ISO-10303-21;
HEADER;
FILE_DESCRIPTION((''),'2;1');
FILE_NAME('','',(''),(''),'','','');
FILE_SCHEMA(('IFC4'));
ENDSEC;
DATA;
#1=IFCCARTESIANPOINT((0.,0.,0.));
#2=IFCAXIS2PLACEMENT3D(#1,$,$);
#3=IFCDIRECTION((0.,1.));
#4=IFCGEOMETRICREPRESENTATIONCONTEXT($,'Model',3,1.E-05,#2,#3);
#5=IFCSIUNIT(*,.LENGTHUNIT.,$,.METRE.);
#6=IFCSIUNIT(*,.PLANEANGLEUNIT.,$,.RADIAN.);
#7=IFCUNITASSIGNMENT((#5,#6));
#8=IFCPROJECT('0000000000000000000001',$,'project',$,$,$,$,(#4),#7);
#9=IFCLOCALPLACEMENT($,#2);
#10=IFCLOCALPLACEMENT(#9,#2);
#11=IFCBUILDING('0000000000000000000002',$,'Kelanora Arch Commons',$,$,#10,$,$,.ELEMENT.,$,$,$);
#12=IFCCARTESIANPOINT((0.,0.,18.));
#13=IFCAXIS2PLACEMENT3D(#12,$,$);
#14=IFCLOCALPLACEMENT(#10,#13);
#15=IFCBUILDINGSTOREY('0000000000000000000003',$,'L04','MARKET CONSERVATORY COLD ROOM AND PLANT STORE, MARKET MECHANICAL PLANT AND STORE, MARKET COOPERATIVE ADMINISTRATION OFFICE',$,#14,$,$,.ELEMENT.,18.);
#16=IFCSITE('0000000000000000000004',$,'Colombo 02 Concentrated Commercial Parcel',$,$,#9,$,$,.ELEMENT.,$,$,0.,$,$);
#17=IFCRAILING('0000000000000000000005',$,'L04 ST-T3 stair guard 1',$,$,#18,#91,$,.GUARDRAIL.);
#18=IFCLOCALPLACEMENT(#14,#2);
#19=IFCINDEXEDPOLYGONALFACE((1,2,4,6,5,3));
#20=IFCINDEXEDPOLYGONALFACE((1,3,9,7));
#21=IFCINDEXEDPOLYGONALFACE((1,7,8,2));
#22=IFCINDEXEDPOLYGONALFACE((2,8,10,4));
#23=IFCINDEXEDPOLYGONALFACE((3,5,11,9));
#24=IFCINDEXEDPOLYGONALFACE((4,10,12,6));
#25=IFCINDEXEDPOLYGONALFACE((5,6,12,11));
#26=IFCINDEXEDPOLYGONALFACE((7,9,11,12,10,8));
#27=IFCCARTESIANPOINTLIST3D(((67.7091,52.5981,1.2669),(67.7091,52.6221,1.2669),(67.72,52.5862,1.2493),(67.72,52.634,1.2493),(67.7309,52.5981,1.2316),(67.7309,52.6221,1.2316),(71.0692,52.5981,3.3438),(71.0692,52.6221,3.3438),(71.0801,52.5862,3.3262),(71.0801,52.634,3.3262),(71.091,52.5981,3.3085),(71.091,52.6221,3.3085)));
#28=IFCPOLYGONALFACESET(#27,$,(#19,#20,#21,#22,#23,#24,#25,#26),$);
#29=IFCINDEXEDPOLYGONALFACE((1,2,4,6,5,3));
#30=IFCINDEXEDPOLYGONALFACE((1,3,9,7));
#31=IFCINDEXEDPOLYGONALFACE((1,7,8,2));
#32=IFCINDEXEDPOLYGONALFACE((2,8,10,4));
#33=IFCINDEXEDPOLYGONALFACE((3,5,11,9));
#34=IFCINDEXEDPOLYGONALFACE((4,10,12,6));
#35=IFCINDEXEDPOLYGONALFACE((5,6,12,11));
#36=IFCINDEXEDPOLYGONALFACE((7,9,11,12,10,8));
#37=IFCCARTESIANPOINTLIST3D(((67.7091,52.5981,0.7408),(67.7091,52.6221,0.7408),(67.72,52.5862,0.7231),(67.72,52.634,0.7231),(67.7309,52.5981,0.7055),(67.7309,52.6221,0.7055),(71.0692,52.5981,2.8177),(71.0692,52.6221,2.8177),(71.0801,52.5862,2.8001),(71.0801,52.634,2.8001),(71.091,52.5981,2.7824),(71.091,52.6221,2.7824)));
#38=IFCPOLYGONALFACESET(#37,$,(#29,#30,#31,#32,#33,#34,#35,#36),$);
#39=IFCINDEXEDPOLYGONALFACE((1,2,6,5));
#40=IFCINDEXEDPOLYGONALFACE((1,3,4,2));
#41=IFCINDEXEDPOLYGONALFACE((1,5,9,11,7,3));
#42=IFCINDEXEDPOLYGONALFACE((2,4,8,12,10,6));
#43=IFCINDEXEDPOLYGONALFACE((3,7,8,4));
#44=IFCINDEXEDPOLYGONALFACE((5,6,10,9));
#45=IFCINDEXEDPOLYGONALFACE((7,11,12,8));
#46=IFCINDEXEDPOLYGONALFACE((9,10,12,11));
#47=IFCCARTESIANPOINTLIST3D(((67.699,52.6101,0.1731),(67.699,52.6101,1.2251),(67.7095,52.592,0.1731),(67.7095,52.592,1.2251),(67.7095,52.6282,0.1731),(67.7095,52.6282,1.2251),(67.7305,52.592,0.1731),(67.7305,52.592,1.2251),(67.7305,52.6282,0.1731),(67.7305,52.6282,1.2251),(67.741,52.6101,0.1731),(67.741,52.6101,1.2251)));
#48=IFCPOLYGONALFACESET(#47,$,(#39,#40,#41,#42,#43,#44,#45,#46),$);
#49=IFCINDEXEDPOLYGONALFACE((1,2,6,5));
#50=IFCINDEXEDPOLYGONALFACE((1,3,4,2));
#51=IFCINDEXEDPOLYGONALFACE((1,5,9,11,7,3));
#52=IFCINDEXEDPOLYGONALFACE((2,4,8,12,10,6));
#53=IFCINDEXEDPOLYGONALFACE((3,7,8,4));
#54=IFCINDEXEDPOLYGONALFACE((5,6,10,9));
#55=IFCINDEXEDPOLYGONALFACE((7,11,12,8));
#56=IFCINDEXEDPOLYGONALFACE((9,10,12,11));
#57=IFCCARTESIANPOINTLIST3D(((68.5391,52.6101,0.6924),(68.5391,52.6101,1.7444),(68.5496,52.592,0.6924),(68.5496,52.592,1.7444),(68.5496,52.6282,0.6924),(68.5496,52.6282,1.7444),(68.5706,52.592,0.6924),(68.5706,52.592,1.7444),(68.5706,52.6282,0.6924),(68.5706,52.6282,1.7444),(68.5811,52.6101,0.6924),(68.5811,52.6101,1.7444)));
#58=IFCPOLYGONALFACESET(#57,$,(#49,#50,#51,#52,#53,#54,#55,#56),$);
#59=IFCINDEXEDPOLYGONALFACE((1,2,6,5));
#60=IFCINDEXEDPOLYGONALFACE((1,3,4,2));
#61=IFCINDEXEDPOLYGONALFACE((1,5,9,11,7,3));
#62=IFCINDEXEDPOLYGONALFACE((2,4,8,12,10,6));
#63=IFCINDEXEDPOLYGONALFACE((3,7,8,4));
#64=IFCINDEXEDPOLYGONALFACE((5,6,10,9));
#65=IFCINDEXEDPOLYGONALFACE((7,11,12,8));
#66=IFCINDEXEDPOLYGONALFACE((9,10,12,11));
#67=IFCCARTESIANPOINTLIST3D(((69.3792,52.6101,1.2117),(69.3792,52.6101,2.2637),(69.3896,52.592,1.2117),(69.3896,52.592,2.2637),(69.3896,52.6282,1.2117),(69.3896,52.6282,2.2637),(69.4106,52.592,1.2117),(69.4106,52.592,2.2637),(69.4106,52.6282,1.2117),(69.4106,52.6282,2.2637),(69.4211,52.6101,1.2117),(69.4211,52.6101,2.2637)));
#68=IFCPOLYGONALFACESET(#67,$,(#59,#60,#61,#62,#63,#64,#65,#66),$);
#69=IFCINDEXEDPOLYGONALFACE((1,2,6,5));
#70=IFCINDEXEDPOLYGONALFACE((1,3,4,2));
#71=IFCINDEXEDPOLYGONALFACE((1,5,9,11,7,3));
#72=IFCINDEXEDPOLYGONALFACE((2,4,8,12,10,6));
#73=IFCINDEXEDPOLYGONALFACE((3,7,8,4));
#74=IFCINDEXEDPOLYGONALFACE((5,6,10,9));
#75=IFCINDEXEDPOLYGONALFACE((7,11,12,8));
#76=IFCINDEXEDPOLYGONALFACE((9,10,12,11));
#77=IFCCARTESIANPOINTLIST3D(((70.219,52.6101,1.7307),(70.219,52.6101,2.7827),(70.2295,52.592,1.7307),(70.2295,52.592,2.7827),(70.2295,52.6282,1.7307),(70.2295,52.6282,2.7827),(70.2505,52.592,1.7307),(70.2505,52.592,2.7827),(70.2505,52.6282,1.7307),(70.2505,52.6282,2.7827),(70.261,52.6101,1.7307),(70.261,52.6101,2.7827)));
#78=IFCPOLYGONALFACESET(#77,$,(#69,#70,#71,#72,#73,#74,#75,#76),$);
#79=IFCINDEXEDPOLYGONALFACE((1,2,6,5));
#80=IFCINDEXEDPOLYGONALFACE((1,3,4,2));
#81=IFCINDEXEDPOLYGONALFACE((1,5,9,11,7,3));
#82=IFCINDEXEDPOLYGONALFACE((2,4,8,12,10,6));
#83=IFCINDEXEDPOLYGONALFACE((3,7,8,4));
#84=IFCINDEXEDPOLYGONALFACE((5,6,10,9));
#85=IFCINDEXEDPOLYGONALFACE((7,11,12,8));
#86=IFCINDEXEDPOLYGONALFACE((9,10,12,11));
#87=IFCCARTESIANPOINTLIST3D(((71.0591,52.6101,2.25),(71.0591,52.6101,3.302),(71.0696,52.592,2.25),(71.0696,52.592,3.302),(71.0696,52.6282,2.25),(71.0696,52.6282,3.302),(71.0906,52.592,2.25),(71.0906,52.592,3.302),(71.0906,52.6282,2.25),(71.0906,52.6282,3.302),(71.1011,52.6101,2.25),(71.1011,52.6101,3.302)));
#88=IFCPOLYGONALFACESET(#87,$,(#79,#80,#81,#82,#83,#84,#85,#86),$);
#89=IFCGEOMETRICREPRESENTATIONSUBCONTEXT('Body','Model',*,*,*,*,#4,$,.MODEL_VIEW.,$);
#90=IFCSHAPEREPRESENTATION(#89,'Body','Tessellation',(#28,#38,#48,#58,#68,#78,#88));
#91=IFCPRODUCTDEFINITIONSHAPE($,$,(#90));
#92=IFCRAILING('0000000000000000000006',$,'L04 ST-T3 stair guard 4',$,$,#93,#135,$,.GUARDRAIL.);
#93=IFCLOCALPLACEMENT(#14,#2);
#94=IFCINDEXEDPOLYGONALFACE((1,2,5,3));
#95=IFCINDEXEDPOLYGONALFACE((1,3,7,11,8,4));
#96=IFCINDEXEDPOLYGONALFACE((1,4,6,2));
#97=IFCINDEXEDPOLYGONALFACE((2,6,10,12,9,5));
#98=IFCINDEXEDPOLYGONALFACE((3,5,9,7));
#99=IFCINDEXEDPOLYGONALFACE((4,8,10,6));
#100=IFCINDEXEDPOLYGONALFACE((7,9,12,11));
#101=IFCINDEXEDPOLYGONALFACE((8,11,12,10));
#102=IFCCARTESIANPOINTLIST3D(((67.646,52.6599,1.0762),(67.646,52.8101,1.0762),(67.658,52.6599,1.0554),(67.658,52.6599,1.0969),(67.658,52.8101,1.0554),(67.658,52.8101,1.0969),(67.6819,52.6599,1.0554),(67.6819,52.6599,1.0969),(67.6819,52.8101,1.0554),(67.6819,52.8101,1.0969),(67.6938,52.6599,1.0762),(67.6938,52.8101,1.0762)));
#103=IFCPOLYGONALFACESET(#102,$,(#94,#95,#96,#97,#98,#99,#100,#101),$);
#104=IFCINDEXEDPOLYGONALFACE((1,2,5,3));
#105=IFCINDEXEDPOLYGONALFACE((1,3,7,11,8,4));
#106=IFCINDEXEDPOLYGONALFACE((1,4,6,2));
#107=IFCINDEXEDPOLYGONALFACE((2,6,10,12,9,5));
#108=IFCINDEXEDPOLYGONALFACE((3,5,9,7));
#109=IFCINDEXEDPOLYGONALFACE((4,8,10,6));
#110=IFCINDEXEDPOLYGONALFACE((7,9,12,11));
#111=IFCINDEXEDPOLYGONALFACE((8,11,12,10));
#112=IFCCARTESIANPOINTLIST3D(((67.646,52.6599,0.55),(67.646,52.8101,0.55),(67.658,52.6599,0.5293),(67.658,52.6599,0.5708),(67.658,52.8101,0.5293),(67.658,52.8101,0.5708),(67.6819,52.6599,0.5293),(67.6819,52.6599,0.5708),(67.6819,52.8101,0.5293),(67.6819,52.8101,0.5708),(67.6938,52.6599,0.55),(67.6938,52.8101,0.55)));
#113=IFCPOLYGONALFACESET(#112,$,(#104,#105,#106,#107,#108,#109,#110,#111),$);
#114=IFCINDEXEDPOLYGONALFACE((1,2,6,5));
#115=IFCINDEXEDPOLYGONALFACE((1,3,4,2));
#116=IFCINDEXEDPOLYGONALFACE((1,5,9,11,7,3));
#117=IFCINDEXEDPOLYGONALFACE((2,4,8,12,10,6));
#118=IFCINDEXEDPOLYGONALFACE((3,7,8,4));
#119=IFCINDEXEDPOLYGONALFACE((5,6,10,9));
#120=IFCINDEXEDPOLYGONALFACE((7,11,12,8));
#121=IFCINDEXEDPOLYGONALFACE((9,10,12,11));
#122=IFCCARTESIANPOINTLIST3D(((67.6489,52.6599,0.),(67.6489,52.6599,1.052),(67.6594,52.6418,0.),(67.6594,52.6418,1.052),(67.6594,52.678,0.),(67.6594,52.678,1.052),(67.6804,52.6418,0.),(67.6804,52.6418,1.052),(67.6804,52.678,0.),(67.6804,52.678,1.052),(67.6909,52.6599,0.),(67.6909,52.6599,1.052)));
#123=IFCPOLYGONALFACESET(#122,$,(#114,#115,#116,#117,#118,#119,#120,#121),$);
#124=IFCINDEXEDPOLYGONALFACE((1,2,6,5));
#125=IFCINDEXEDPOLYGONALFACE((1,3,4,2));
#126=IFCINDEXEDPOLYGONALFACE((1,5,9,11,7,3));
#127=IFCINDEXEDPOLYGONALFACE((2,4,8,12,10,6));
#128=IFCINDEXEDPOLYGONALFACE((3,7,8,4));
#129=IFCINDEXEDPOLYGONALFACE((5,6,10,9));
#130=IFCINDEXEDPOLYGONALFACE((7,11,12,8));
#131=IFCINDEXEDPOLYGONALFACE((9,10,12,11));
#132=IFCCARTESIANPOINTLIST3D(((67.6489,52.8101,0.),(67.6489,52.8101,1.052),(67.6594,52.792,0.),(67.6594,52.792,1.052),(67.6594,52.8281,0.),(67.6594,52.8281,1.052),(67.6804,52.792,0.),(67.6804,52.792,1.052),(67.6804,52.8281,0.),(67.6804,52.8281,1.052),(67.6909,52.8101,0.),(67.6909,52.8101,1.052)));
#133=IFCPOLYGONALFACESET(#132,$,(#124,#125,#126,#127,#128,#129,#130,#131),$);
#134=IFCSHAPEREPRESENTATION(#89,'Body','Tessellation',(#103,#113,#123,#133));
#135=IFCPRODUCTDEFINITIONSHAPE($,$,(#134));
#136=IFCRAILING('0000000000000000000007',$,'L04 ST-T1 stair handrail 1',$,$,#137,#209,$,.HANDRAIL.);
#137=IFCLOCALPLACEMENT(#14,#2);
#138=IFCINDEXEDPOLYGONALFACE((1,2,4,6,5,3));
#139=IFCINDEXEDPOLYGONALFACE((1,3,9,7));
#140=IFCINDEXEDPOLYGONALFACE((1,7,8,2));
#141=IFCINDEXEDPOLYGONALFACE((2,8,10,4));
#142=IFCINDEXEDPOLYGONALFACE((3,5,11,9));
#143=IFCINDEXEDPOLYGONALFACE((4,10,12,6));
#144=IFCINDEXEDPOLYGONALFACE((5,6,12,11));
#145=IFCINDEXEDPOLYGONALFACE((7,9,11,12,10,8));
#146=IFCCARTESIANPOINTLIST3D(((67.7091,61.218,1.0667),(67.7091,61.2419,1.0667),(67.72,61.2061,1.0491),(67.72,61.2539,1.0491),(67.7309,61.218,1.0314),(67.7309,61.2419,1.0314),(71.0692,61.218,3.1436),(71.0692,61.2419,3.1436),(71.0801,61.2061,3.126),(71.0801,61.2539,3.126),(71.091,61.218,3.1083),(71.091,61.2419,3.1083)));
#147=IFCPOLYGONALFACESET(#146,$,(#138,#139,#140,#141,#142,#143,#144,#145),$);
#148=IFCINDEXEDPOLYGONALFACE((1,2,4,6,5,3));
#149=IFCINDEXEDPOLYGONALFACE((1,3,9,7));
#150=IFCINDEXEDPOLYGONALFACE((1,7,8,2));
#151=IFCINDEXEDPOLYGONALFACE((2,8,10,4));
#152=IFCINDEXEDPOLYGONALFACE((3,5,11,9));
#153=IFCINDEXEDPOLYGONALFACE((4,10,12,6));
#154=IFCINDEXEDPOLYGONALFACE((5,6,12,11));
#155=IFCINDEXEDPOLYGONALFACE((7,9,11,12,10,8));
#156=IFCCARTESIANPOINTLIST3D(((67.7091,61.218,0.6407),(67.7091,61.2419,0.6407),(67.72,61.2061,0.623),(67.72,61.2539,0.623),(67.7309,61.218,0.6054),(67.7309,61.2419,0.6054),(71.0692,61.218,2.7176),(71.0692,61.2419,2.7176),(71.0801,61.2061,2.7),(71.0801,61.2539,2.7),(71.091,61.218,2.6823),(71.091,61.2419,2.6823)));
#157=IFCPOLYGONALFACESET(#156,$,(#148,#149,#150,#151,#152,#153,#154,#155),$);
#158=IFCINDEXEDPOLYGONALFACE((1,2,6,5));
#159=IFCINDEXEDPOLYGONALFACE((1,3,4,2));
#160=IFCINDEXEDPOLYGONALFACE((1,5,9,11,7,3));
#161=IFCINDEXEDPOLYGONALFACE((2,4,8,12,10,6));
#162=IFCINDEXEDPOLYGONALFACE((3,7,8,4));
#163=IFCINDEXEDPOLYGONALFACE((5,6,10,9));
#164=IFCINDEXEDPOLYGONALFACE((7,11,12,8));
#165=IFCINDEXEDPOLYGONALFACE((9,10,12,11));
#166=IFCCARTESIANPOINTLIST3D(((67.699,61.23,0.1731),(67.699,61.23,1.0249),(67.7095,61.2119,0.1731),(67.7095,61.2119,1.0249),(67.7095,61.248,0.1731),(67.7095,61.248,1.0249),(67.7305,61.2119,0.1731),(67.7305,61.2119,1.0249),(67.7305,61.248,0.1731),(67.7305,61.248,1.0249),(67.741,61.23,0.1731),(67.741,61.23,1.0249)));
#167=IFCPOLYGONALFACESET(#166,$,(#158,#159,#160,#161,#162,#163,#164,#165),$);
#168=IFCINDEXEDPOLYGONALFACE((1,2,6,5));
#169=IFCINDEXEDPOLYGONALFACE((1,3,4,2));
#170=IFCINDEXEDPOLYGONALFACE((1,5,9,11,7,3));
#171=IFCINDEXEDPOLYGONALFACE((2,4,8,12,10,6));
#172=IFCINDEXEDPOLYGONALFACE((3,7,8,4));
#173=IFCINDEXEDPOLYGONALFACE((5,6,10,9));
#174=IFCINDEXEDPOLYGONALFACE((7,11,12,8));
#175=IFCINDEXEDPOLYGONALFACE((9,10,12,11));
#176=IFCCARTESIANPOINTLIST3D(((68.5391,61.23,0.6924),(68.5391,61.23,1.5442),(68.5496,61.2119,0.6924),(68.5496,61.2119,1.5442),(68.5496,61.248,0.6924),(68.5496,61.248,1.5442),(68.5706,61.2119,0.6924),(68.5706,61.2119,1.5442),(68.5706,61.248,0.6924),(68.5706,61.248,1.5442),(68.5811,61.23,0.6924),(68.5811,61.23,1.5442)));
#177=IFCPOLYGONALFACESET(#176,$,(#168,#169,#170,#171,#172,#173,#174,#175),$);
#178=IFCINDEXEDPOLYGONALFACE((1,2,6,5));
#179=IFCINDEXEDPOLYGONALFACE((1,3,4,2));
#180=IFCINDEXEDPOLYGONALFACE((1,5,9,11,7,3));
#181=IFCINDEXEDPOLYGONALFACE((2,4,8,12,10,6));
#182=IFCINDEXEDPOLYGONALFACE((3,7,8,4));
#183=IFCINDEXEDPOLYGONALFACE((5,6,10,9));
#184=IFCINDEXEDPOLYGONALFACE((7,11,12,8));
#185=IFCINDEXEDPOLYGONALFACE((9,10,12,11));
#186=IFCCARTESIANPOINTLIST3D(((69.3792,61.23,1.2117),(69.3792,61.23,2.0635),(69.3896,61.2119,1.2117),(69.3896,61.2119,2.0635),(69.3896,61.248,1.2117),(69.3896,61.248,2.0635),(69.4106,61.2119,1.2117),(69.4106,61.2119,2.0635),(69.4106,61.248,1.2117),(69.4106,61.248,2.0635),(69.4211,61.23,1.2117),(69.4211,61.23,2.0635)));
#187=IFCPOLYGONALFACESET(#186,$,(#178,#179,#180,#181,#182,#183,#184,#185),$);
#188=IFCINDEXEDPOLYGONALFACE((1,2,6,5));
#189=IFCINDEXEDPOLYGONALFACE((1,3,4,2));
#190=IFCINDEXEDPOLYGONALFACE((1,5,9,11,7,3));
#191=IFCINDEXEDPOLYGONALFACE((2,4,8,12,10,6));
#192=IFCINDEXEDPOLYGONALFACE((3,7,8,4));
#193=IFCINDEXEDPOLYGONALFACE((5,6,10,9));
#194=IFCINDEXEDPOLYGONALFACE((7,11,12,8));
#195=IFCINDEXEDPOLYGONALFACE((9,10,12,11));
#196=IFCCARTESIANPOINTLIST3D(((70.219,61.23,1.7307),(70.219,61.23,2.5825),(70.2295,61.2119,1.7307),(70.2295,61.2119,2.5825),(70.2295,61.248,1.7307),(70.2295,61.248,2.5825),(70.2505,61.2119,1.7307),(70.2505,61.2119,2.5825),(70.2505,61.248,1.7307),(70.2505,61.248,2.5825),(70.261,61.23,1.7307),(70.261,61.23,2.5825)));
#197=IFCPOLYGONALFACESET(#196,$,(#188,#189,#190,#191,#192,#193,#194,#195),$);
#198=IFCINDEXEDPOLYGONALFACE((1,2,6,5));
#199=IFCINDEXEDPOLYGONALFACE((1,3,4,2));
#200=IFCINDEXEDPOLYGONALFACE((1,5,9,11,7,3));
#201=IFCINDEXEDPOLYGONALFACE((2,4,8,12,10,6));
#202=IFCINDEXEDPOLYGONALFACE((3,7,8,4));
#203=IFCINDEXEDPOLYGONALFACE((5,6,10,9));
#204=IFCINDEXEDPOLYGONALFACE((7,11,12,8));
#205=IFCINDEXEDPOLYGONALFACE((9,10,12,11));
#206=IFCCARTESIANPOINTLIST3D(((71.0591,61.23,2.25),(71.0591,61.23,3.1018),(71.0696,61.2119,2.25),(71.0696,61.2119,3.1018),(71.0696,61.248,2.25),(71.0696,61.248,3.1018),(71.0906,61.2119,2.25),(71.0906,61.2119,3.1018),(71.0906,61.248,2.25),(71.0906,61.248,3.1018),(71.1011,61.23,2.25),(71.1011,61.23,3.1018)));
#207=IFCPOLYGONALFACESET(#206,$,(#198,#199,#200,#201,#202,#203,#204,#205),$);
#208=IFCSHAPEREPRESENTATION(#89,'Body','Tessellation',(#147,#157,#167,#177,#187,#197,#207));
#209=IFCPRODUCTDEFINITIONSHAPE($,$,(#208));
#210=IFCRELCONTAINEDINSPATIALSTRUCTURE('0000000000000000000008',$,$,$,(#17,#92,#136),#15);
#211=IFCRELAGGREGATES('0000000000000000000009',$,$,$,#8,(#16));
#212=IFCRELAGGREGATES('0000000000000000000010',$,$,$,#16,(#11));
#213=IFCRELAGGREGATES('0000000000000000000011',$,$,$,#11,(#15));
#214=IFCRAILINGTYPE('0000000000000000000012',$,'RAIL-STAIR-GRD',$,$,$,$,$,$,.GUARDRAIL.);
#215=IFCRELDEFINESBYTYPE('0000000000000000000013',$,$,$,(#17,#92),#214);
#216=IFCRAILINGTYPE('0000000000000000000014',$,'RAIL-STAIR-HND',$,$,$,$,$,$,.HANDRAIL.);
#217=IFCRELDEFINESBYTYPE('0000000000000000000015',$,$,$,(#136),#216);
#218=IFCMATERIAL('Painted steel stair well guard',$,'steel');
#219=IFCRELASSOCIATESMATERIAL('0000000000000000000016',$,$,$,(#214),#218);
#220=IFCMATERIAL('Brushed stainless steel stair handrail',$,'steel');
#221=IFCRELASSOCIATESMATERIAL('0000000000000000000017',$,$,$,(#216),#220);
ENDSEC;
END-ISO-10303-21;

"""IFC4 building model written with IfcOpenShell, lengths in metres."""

from ifc_helpers import new_model, si_unit, direction, frame, origin, place, context, subcontext, project, spatial, polyline, outline, extrude, material, type_object, element, save


model = new_model("IFC4")

# Units and contexts
model_context = context("Model", 3, precision=1e-05, world=origin(), true_north=direction((0.0, 1.0)))
body_context = subcontext(model_context, "Body", "Model", "MODEL_VIEW")
ifc_project = project(units=[si_unit("LENGTHUNIT", "METRE"), si_unit("PLANEANGLEUNIT", "RADIAN")], contexts=[model_context])

# Site, building, storey
site_placement = place(None, origin())
site = spatial("IfcSite", under=ifc_project, at=site_placement, Name="Colombo 02 Concentrated Commercial Parcel", CompositionType="ELEMENT", RefElevation=0.0)
building_placement = place(site_placement, origin())
building = spatial("IfcBuilding", under=site, at=building_placement, Name="Kelanora Arch Commons", CompositionType="ELEMENT")
storey_placement = place(building_placement, frame((0.0, 0.0, 18.0)))
storey = spatial("IfcBuildingStorey", under=building, at=storey_placement, Name="L04", Description="MARKET CONSERVATORY COLD ROOM AND PLANT STORE, MARKET MECHANICAL PLANT AND STORE, MARKET COOPERATIVE ADMINISTRATION OFFICE", CompositionType="ELEMENT", Elevation=18.0)

# Railings
ifc_material_1 = material(Name="Painted steel stair well guard", Category="steel")
railing_type_1 = type_object("IfcRailingType", Name="RAIL-STAIR-GRD", PredefinedType="GUARDRAIL", material=ifc_material_1)
railing_1_placement = place(storey_placement, frame((67.72, 52.6101, 0.1731)))
element("IfcRailing", 1, at=railing_1_placement, inside=storey, type_object=railing_type_1, Name="L04 ST-T3 stair guard 1", PredefinedType="GUARDRAIL", context=body_context, shape_type="SweptSolid", body=[
    extrude(outline(polyline([(0.0239, 0.0), (0.012, 0.0208), (-0.012, 0.0208), (-0.0239, 0.0), (-0.012, -0.0208), (0.012, -0.0208), (0.0239, 0.0)])), frame((0.0, 0.0, 1.0762), z_axis=(0.850623, 0.0, 0.525776), x_axis=(0.0, 1.0, 0.0)), (0.0, 0.0, 1.0), 3.9502),
    extrude(outline(polyline([(0.0239, 0.0), (0.012, 0.0208), (-0.012, 0.0208), (-0.0239, 0.0), (-0.012, -0.0208), (0.012, -0.0208), (0.0239, 0.0)])), frame((0.0, 0.0, 0.55), z_axis=(0.850623, 0.0, 0.525776), x_axis=(0.0, 1.0, 0.0)), (0.0, 0.0, 1.0), 3.9502),
    extrude(outline(polyline([(0.021, 0.0), (0.0105, 0.0181), (-0.0105, 0.0181), (-0.021, 0.0), (-0.0105, -0.0181), (0.0105, -0.0181), (0.021, 0.0)])), origin(), (0.0, 0.0, 1.0), 1.052),
    extrude(outline(polyline([(0.021, 0.0), (0.0105, 0.0181), (-0.0105, 0.0181), (-0.021, 0.0), (-0.0105, -0.0181), (0.0105, -0.0181), (0.021, 0.0)])), frame((0.8401, 0.0, 0.5193)), (0.0, 0.0, 1.0), 1.052),
    extrude(outline(polyline([(0.021, 0.0), (0.0105, 0.0181), (-0.0105, 0.0181), (-0.021, 0.0), (-0.0105, -0.0181), (0.0105, -0.0181), (0.021, 0.0)])), frame((1.6802, 0.0, 1.0386)), (0.0, 0.0, 1.0), 1.052),
    extrude(outline(polyline([(0.021, 0.0), (0.0105, 0.0181), (-0.0105, 0.0181), (-0.021, 0.0), (-0.0105, -0.0181), (0.0105, -0.0181), (0.021, 0.0)])), frame((2.52, 0.0, 1.5576)), (0.0, 0.0, 1.0), 1.052),
    extrude(outline(polyline([(0.021, 0.0), (0.0105, 0.0181), (-0.0105, 0.0181), (-0.021, 0.0), (-0.0105, -0.0181), (0.0105, -0.0181), (0.021, 0.0)])), frame((3.3601, 0.0, 2.0769)), (0.0, 0.0, 1.0), 1.052),
])
railing_2_placement = place(storey_placement, frame((67.6699, 52.6599, 0.0)))
element("IfcRailing", 2, at=railing_2_placement, inside=storey, type_object=railing_type_1, Name="L04 ST-T3 stair guard 4", PredefinedType="GUARDRAIL", context=body_context, shape_type="SweptSolid", body=[
    extrude(outline(polyline([(0.0239, 0.0), (0.012, 0.0208), (-0.012, 0.0208), (-0.0239, 0.0), (-0.012, -0.0208), (0.012, -0.0208), (0.0239, 0.0)])), frame((0.0, 0.0, 1.0762), z_axis=(0.0, 1.0, 0.0), x_axis=(-1.0, 0.0, 0.0)), (0.0, 0.0, 1.0), 0.1501),
    extrude(outline(polyline([(0.0239, 0.0), (0.012, 0.0208), (-0.012, 0.0208), (-0.0239, 0.0), (-0.012, -0.0208), (0.012, -0.0208), (0.0239, 0.0)])), frame((0.0, 0.0, 0.55), z_axis=(0.0, 1.0, 0.0), x_axis=(-1.0, 0.0, 0.0)), (0.0, 0.0, 1.0), 0.1501),
    extrude(outline(polyline([(0.021, 0.0), (0.0105, 0.0181), (-0.0105, 0.0181), (-0.021, 0.0), (-0.0105, -0.0181), (0.0105, -0.0181), (0.021, 0.0)])), origin(), (0.0, 0.0, 1.0), 1.052),
    extrude(outline(polyline([(0.021, 0.0), (0.0105, 0.0181), (-0.0105, 0.0181), (-0.021, 0.0), (-0.0105, -0.0181), (0.0105, -0.0181), (0.021, 0.0)])), frame((0.0, 0.1501, 0.0)), (0.0, 0.0, 1.0), 1.052),
])
ifc_material_2 = material(Name="Brushed stainless steel stair handrail", Category="steel")
railing_type_2 = type_object("IfcRailingType", Name="RAIL-STAIR-HND", PredefinedType="HANDRAIL", material=ifc_material_2)
railing_3_placement = place(storey_placement, frame((67.72, 61.23, 0.1731)))
element("IfcRailing", 3, at=railing_3_placement, inside=storey, type_object=railing_type_2, Name="L04 ST-T1 stair handrail 1", PredefinedType="HANDRAIL", context=body_context, shape_type="SweptSolid", body=[
    extrude(outline(polyline([(0.0239, 0.0), (0.012, 0.0208), (-0.012, 0.0208), (-0.0239, 0.0), (-0.012, -0.0208), (0.012, -0.0208), (0.0239, 0.0)])), frame((0.0, 0.0, 0.876), z_axis=(0.850623, 0.0, 0.525776), x_axis=(0.0, 1.0, 0.0)), (0.0, 0.0, 1.0), 3.9502),
    extrude(outline(polyline([(0.0239, 0.0), (0.012, 0.0208), (-0.012, 0.0208), (-0.0239, 0.0), (-0.012, -0.0208), (0.012, -0.0208), (0.0239, 0.0)])), frame((0.0, 0.0, 0.45), z_axis=(0.850623, 0.0, 0.525776), x_axis=(0.0, 1.0, 0.0)), (0.0, 0.0, 1.0), 3.9502),
    extrude(outline(polyline([(0.021, 0.0), (0.0105, 0.0181), (-0.0105, 0.0181), (-0.021, 0.0), (-0.0105, -0.0181), (0.0105, -0.0181), (0.021, 0.0)])), origin(), (0.0, 0.0, 1.0), 0.8518),
    extrude(outline(polyline([(0.021, 0.0), (0.0105, 0.0181), (-0.0105, 0.0181), (-0.021, 0.0), (-0.0105, -0.0181), (0.0105, -0.0181), (0.021, 0.0)])), frame((0.8401, 0.0, 0.5193)), (0.0, 0.0, 1.0), 0.8518),
    extrude(outline(polyline([(0.021, 0.0), (0.0105, 0.0181), (-0.0105, 0.0181), (-0.021, 0.0), (-0.0105, -0.0181), (0.0105, -0.0181), (0.021, 0.0)])), frame((1.6802, 0.0, 1.0386)), (0.0, 0.0, 1.0), 0.8518),
    extrude(outline(polyline([(0.021, 0.0), (0.0105, 0.0181), (-0.0105, 0.0181), (-0.021, 0.0), (-0.0105, -0.0181), (0.0105, -0.0181), (0.021, 0.0)])), frame((2.52, 0.0, 1.5576)), (0.0, 0.0, 1.0), 0.8518),
    extrude(outline(polyline([(0.021, 0.0), (0.0105, 0.0181), (-0.0105, 0.0181), (-0.021, 0.0), (-0.0105, -0.0181), (0.0105, -0.0181), (0.021, 0.0)])), frame((3.3601, 0.0, 2.0769)), (0.0, 0.0, 1.0), 0.8518),
])

save(model, "model.ifc")
